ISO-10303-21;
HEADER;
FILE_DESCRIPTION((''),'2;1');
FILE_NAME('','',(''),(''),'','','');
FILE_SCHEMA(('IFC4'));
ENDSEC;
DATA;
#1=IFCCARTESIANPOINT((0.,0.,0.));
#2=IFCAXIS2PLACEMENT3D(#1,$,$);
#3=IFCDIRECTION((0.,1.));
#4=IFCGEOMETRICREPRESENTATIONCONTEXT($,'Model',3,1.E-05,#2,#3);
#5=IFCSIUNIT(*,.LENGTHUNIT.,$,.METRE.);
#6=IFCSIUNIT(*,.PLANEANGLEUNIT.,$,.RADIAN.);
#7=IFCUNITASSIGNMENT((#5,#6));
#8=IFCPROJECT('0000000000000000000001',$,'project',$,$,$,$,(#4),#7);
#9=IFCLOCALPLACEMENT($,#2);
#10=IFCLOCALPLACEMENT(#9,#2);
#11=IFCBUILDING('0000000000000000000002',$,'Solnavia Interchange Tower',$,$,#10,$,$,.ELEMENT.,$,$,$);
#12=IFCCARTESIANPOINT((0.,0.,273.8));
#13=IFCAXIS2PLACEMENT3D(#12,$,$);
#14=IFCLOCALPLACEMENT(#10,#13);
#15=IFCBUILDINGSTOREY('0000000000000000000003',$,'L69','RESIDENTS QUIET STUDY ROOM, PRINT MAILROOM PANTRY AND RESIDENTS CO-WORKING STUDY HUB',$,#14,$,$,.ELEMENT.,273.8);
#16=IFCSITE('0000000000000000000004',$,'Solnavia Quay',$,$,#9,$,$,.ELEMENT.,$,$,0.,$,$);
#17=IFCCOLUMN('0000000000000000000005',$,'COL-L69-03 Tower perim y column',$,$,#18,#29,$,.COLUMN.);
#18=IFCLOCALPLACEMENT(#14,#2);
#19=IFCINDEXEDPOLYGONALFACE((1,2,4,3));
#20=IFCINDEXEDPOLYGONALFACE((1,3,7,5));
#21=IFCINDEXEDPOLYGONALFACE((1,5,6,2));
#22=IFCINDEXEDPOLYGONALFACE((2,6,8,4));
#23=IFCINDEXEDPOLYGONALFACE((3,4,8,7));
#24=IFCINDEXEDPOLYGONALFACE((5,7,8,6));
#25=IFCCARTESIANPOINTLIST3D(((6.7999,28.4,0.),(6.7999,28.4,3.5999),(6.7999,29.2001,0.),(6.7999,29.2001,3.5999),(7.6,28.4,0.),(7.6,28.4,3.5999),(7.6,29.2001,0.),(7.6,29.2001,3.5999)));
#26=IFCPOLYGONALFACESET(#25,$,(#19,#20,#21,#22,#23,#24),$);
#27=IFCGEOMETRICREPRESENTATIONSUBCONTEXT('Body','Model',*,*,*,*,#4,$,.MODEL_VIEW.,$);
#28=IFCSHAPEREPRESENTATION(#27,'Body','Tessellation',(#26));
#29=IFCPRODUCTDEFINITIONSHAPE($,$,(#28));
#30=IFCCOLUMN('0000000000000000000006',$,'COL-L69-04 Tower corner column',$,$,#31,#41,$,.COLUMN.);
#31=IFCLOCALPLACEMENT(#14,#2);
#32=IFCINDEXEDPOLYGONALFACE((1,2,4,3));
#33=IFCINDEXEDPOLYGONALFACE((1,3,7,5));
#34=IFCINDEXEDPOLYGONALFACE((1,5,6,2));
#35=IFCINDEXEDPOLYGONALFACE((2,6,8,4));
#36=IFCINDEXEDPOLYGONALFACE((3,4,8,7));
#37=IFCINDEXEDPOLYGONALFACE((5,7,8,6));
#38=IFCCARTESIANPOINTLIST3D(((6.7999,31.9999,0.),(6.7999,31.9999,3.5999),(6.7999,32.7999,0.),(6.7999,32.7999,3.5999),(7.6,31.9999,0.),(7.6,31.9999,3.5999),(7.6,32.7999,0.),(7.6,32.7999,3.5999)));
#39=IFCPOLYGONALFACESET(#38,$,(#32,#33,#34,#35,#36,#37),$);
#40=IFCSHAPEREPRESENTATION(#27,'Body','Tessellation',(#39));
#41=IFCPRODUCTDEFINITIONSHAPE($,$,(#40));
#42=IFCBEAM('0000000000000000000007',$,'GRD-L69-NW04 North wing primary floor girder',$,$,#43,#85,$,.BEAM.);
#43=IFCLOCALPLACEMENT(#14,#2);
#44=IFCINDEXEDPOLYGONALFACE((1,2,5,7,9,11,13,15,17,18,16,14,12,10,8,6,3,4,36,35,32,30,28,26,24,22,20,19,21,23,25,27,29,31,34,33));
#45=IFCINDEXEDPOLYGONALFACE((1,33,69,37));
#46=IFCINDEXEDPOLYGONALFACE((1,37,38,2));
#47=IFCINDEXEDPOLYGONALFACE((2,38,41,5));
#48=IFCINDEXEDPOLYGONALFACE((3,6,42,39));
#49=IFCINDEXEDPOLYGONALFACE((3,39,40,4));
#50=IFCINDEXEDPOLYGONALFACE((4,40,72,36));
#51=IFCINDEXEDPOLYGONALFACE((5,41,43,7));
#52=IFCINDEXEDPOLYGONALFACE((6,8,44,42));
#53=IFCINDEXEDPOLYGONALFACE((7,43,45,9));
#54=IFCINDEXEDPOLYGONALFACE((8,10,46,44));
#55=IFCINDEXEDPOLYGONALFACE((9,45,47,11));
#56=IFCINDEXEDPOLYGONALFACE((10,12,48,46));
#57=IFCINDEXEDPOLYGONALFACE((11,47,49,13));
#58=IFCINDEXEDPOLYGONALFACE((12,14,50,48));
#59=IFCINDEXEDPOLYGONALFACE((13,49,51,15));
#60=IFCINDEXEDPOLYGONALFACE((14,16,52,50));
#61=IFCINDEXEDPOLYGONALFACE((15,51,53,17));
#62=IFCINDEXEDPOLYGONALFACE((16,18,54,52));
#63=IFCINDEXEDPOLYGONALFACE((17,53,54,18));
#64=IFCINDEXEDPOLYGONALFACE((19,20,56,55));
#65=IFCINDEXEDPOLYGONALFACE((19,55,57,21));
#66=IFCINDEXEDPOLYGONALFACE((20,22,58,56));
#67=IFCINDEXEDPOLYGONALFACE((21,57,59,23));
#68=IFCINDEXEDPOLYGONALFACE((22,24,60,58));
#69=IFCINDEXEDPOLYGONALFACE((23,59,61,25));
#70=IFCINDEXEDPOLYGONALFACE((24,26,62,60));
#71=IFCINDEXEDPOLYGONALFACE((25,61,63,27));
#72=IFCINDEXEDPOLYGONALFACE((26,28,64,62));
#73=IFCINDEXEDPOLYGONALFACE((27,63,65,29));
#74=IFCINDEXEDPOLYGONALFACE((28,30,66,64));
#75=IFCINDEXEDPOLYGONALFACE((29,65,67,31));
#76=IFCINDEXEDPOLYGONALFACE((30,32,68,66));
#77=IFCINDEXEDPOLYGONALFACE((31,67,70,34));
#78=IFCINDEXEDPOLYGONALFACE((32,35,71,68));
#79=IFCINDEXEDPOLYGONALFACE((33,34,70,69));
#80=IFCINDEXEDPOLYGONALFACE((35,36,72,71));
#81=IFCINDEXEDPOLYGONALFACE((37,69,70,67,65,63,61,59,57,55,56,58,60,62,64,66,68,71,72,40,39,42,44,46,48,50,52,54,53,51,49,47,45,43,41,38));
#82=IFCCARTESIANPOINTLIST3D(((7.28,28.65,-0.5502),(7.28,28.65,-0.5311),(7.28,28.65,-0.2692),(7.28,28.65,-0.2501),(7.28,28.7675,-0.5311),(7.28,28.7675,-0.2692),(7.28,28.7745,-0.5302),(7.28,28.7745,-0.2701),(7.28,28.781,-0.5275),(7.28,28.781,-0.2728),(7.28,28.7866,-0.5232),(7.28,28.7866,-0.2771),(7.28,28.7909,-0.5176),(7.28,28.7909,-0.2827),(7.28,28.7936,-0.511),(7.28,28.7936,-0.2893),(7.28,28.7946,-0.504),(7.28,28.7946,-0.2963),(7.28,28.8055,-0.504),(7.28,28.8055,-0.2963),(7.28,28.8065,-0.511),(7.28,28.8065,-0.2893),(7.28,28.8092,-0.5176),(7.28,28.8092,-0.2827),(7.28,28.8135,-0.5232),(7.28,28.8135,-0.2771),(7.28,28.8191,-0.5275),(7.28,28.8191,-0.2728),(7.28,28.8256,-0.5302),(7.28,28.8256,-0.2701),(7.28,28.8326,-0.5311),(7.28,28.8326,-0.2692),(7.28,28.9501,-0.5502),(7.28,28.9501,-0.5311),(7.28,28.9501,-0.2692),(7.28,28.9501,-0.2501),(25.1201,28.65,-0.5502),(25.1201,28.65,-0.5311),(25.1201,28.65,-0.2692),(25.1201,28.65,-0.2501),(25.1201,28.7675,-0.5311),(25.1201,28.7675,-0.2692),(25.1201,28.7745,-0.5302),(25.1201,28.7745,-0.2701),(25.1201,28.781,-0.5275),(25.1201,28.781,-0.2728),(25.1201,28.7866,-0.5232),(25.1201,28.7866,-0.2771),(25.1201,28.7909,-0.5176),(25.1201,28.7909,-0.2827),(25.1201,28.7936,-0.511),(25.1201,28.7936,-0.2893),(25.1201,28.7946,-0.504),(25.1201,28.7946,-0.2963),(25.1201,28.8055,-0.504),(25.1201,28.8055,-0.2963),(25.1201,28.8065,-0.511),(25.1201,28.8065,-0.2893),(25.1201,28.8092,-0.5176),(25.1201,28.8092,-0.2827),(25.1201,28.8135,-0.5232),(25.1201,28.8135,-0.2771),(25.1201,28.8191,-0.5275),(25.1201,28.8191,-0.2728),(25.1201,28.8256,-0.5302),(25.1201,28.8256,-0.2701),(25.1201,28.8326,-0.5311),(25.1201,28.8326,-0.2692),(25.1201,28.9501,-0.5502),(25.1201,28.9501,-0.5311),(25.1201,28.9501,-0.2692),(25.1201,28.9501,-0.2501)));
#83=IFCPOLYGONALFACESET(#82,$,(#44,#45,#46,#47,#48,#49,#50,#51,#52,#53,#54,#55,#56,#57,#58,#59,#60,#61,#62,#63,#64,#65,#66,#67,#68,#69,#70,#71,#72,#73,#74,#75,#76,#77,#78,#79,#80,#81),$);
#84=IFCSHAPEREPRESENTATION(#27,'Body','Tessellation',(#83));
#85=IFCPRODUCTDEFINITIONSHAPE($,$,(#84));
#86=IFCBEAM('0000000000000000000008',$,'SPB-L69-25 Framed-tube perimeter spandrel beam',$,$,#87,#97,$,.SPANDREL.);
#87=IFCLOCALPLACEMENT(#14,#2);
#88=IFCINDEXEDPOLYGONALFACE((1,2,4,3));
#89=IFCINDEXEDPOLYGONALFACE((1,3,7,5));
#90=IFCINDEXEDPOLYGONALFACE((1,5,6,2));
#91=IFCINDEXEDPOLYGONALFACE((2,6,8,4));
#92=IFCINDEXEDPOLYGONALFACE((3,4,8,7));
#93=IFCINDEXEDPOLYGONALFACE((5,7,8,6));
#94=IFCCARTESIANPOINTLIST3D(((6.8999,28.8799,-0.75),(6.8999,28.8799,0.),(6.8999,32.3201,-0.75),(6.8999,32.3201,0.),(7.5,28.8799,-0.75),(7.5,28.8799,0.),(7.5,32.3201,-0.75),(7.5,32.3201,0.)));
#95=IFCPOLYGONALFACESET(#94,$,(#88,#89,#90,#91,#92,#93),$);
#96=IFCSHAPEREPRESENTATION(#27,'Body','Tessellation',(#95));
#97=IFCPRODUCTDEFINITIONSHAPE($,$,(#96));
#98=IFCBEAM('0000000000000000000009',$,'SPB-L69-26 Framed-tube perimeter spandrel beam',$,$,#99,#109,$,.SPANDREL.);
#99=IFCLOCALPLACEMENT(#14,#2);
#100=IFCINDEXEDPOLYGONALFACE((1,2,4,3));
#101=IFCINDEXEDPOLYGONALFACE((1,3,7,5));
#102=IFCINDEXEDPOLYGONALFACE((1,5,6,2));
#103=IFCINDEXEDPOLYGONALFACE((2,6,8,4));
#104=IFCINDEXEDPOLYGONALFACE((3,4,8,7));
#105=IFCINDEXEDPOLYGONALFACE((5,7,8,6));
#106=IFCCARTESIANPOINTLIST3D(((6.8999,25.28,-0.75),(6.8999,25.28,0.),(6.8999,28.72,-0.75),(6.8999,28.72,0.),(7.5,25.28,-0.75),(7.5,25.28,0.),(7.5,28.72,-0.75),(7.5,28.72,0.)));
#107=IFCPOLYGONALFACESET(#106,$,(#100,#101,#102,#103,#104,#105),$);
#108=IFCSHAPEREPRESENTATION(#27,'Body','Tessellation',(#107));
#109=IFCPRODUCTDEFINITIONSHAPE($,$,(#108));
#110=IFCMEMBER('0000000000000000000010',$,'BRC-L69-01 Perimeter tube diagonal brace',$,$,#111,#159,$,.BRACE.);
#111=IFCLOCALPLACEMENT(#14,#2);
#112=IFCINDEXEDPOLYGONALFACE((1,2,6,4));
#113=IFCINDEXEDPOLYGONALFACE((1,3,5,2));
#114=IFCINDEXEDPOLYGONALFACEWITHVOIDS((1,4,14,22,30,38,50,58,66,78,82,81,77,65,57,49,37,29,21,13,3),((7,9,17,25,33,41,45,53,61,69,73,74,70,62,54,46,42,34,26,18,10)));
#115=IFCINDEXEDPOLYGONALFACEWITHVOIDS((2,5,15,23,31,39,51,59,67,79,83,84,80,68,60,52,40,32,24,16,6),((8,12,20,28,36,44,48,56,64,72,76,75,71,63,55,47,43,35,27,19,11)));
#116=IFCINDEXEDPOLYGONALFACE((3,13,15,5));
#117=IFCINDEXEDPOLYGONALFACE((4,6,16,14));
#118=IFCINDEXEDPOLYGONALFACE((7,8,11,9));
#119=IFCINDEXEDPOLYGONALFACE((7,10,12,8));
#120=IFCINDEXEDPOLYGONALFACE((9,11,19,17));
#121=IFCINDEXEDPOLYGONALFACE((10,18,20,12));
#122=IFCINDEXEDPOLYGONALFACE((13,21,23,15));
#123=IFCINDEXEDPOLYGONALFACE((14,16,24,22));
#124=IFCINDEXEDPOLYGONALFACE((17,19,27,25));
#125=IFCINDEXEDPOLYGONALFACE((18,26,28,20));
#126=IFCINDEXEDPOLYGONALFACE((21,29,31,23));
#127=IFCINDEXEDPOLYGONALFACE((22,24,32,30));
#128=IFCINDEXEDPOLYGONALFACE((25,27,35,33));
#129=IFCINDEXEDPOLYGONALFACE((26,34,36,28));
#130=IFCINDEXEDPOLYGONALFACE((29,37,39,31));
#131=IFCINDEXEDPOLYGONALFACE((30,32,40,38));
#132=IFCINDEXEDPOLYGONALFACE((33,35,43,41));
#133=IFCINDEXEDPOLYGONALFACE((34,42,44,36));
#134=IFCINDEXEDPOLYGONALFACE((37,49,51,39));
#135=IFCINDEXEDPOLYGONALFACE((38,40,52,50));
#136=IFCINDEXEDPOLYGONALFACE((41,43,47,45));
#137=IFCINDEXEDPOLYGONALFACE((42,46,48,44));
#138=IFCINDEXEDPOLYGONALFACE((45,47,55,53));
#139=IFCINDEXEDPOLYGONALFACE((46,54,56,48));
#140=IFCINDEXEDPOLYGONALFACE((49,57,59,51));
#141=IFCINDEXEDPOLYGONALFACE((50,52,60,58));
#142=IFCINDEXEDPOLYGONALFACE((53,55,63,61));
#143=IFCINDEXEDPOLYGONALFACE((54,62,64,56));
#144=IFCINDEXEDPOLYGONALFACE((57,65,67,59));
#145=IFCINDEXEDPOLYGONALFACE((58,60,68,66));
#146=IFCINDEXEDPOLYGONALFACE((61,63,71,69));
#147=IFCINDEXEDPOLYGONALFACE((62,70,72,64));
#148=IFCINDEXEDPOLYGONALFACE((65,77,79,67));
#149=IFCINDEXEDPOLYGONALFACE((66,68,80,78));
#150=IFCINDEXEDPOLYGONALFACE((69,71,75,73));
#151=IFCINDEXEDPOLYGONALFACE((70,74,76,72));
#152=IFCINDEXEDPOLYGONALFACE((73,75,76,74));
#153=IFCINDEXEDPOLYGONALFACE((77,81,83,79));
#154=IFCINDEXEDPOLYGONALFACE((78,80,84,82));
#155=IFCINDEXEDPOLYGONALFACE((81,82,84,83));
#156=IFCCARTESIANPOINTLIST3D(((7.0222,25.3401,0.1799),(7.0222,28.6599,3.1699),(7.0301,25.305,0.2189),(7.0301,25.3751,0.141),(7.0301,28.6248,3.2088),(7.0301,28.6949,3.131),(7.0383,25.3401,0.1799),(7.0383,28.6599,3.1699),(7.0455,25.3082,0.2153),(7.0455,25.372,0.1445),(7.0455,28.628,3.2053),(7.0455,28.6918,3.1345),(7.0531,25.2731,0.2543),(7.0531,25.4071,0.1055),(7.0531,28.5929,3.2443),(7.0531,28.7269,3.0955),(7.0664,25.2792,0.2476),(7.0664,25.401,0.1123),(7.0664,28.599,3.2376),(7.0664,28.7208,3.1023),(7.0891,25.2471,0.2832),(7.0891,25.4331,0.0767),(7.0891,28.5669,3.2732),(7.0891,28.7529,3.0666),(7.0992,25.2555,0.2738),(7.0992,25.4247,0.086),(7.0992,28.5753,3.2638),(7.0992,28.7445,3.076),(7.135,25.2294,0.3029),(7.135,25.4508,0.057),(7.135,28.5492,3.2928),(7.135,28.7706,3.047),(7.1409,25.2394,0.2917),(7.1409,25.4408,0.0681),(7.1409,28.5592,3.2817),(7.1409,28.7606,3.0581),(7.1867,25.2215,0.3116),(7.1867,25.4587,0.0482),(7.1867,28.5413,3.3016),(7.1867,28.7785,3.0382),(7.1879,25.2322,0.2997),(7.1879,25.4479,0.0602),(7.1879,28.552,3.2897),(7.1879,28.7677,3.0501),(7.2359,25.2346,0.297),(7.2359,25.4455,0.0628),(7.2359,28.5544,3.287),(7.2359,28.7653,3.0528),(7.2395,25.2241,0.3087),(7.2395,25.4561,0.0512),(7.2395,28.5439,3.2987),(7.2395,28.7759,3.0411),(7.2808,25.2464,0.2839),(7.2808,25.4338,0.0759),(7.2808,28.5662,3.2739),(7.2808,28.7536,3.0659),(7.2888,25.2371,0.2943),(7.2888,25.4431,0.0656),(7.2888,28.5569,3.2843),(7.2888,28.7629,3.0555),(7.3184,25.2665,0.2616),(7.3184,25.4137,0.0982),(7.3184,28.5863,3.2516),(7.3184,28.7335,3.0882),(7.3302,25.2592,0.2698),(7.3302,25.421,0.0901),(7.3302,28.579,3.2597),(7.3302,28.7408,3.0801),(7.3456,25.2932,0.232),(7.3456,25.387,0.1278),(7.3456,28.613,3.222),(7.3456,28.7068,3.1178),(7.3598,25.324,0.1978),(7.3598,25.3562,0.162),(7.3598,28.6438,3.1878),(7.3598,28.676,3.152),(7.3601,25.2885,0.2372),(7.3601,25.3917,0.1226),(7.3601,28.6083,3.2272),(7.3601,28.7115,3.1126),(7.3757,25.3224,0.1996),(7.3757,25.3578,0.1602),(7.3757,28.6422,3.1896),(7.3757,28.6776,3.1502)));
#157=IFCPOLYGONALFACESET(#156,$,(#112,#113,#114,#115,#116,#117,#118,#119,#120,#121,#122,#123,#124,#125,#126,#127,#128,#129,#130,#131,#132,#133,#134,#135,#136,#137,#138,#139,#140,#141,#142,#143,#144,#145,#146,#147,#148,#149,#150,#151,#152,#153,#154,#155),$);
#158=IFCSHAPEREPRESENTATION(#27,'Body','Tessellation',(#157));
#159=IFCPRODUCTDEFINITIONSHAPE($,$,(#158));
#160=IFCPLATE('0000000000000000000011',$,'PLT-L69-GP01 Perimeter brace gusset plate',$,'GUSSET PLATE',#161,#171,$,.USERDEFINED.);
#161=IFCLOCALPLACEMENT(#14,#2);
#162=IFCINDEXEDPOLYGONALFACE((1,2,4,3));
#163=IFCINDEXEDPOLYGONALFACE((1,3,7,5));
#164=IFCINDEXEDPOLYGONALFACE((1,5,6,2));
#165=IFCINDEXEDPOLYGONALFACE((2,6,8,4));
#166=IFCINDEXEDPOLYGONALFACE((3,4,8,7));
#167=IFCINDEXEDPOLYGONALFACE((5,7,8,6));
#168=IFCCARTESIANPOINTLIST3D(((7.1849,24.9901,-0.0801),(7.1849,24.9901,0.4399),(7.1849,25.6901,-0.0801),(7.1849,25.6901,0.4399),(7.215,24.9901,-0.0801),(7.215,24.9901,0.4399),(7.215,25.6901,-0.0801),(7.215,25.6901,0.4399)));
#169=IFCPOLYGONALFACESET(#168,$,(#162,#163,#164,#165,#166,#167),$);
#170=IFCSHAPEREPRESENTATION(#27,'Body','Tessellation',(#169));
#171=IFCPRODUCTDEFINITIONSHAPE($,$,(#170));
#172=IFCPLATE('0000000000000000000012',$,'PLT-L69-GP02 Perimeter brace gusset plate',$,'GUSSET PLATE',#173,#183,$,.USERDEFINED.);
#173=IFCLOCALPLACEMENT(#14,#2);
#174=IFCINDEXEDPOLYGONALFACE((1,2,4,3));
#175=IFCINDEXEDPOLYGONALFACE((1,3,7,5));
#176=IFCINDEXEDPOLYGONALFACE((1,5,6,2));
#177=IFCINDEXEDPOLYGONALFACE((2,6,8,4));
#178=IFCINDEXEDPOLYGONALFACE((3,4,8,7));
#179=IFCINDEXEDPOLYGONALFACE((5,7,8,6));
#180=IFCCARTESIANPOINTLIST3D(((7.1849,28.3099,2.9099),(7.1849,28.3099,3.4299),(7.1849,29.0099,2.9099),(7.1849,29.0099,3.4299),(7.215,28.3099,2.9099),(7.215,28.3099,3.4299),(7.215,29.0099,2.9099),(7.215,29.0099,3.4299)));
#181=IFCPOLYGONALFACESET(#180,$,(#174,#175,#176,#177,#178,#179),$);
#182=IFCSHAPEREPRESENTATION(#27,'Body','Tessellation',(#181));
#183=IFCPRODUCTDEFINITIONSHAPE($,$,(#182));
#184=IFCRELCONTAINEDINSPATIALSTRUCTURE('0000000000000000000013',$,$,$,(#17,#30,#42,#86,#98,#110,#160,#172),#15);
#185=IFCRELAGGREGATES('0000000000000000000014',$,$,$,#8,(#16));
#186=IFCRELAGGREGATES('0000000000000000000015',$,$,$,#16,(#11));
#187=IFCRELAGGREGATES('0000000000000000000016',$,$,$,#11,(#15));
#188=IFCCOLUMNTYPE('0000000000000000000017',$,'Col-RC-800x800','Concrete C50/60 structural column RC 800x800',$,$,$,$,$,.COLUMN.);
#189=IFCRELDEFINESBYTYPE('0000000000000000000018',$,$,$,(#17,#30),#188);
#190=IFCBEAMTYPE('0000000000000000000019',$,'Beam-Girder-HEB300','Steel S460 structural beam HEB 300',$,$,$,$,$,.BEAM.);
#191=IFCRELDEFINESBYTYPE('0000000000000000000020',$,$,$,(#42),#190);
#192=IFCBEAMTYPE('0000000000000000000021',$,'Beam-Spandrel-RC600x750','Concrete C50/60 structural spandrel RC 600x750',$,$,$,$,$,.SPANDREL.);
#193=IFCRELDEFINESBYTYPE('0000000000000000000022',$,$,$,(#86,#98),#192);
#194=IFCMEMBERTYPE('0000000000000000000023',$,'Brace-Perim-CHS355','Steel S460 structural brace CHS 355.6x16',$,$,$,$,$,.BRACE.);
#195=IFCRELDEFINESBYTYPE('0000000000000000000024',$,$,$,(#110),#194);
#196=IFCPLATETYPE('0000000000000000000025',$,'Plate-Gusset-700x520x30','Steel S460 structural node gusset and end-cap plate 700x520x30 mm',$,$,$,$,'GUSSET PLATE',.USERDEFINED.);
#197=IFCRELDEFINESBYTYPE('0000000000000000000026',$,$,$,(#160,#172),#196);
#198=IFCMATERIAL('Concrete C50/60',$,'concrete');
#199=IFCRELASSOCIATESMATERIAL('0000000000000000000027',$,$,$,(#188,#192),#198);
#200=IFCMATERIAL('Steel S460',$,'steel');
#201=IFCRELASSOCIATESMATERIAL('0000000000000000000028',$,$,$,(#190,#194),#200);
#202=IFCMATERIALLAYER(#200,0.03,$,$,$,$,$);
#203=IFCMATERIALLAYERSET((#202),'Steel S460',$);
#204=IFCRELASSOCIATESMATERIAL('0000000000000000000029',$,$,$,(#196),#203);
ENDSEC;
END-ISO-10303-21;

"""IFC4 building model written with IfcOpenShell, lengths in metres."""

from ifc_helpers import new_model, si_unit, direction, frame, origin, origin_2d, place, context, subcontext, project, spatial, rectangle, hollow_circle, i_section, extrude, material, layer, layer_set, material_profile, profile_set, type_object, element, save


model = new_model("IFC4")

# Units and contexts
model_context = context("Model", 3, precision=1e-05, world=origin(), true_north=direction((0.0, 1.0)))
body_context = subcontext(model_context, "Body", "Model", "MODEL_VIEW")
ifc_project = project(units=[si_unit("LENGTHUNIT", "METRE"), si_unit("PLANEANGLEUNIT", "RADIAN")], contexts=[model_context])

# Site, building, storey
site_placement = place(None, origin())
site = spatial("IfcSite", under=ifc_project, at=site_placement, Name="Solnavia Quay", CompositionType="ELEMENT", RefElevation=0.0)
building_placement = place(site_placement, origin())
building = spatial("IfcBuilding", under=site, at=building_placement, Name="Solnavia Interchange Tower", CompositionType="ELEMENT")
storey_placement = place(building_placement, frame((0.0, 0.0, 273.8)))
storey = spatial("IfcBuildingStorey", under=building, at=storey_placement, Name="L69", Description="RESIDENTS QUIET STUDY ROOM, PRINT MAILROOM PANTRY AND RESIDENTS CO-WORKING STUDY HUB", CompositionType="ELEMENT", Elevation=273.8)

# Columns
ifc_material_1 = material(Name="Concrete C50/60", Category="concrete")
ifc_material_profile_1 = material_profile(ifc_material_1, rectangle(XDim=0.8, YDim=0.8, at=origin_2d()), Name="RC 800x800")
ifc_profile_set_1 = profile_set([ifc_material_profile_1], Name="Concrete C50/60")
column_type = type_object("IfcColumnType", Name="Col-RC-800x800", Description="Concrete C50/60 structural column RC 800x800", PredefinedType="COLUMN", material=ifc_profile_set_1)
for number, where, z_axis, x_axis, name in (
    (1, (7.2, 28.8, 0.0), (0.0, 0.0, 1.0), (0.0, 1.0, 0.0), "COL-L69-03 Tower perim y column"),
    (2, (7.2, 32.3999, 0.0), (0.0, 0.0, 1.0), (0.0, 1.0, 0.0), "COL-L69-04 Tower corner column"),
):
    element("IfcColumn", number, at=place(storey_placement, frame(where, z_axis=z_axis, x_axis=x_axis)), inside=storey, type_object=column_type, Name=name, PredefinedType="COLUMN", context=body_context, shape_type="SweptSolid", body=[
        extrude(rectangle(XDim=0.8, YDim=0.8, at=origin_2d()), origin(), (0.0, 0.0, 1.0), 3.5999),
    ])

# Beams
ifc_material_2 = material(Name="Steel S460", Category="steel")
ifc_material_profile_2 = material_profile(ifc_material_2, i_section(OverallWidth=0.3, OverallDepth=0.3, WebThickness=0.011, FlangeThickness=0.019, FilletRadius=0.0271, at=origin_2d()), Name="HEB 300")
ifc_profile_set_2 = profile_set([ifc_material_profile_2], Name="Steel S460")
beam_type_1 = type_object("IfcBeamType", Name="Beam-Girder-HEB300", Description="Steel S460 structural beam HEB 300", PredefinedType="BEAM", material=ifc_profile_set_2)
beam_1_placement = place(storey_placement, frame((7.28, 28.8, -0.4001), z_axis=(1.0, 0.0, 0.0), x_axis=(0.0, 1.0, 0.0)))
element("IfcBeam", 3, at=beam_1_placement, inside=storey, type_object=beam_type_1, Name="GRD-L69-NW04 North wing primary floor girder", PredefinedType="BEAM", context=body_context, shape_type="SweptSolid", body=[
    extrude(i_section(OverallWidth=0.3, OverallDepth=0.3, WebThickness=0.011, FlangeThickness=0.019, FilletRadius=0.0271, at=origin_2d()), origin(), (0.0, 0.0, 1.0), 17.8401),
])
ifc_material_profile_3 = material_profile(ifc_material_1, rectangle(XDim=0.6001, YDim=0.75, at=origin_2d()), Name="RC 600x750")
ifc_profile_set_3 = profile_set([ifc_material_profile_3], Name="Concrete C50/60")
beam_type_2 = type_object("IfcBeamType", Name="Beam-Spandrel-RC600x750", Description="Concrete C50/60 structural spandrel RC 600x750", PredefinedType="SPANDREL", material=ifc_profile_set_3)
beam_2_placement = place(storey_placement, frame((7.2, 32.3201, -0.375), z_axis=(0.0, -1.0, 0.0), x_axis=(1.0, 0.0, 0.0)))
element("IfcBeam", 4, at=beam_2_placement, inside=storey, type_object=beam_type_2, Name="SPB-L69-25 Framed-tube perimeter spandrel beam", PredefinedType="SPANDREL", context=body_context, shape_type="SweptSolid", body=[
    extrude(rectangle(XDim=0.6001, YDim=0.75, at=origin_2d()), origin(), (0.0, 0.0, 1.0), 3.4402),
])
beam_3_placement = place(storey_placement, frame((7.2, 28.72, -0.375), z_axis=(0.0, -1.0, 0.0), x_axis=(1.0, 0.0, 0.0)))
element("IfcBeam", 5, at=beam_3_placement, inside=storey, type_object=beam_type_2, Name="SPB-L69-26 Framed-tube perimeter spandrel beam", PredefinedType="SPANDREL", context=body_context, shape_type="SweptSolid", body=[
    extrude(rectangle(XDim=0.6001, YDim=0.75, at=origin_2d()), origin(), (0.0, 0.0, 1.0), 3.4399),
])

# Member
ifc_material_profile_4 = material_profile(ifc_material_2, hollow_circle(Radius=0.1777, WallThickness=0.0161, at=origin_2d()), Name="CHS 355.6x16")
ifc_profile_set_4 = profile_set([ifc_material_profile_4], Name="Steel S460")
member_type = type_object("IfcMemberType", Name="Brace-Perim-CHS355", Description="Steel S460 structural brace CHS 355.6x16", PredefinedType="BRACE", material=ifc_profile_set_4)
member_placement = place(storey_placement, frame((7.2, 25.3401, 0.1799), z_axis=(0.0, 0.743055, 0.66923), x_axis=(-1.0, 0.0, 0.0)))
element("IfcMember", 6, at=member_placement, inside=storey, type_object=member_type, Name="BRC-L69-01 Perimeter tube diagonal brace", PredefinedType="BRACE", context=body_context, shape_type="SweptSolid", body=[
    extrude(hollow_circle(Radius=0.1777, WallThickness=0.0161, at=origin_2d()), origin(), (0.0, 0.0, 1.0), 4.4678),
])

# Plates
ifc_layer_1 = layer(ifc_material_2, 0.03)
ifc_layer_set_1 = layer_set([ifc_layer_1], Name="Steel S460")
plate_type = type_object("IfcPlateType", Name="Plate-Gusset-700x520x30", Description="Steel S460 structural node gusset and end-cap plate 700x520x30 mm", ElementType="GUSSET PLATE", PredefinedType="USERDEFINED", material=ifc_layer_set_1)
for number, where, z_axis, x_axis, name in (
    (7, (7.2, 25.3401, -0.0801), (0.0, 0.0, 1.0), (0.0, 1.0, 0.0), "PLT-L69-GP01 Perimeter brace gusset plate"),
    (8, (7.2, 28.6599, 2.9099), (0.0, 0.0, 1.0), (0.0, 1.0, 0.0), "PLT-L69-GP02 Perimeter brace gusset plate"),
):
    element("IfcPlate", number, at=place(storey_placement, frame(where, z_axis=z_axis, x_axis=x_axis)), inside=storey, type_object=plate_type, Name=name, ObjectType="GUSSET PLATE", PredefinedType="USERDEFINED", context=body_context, shape_type="SweptSolid", body=[
        extrude(rectangle(XDim=0.7, YDim=0.03, at=origin_2d()), origin(), (0.0, 0.0, 1.0), 0.52),
    ])

save(model, "model.ifc")
